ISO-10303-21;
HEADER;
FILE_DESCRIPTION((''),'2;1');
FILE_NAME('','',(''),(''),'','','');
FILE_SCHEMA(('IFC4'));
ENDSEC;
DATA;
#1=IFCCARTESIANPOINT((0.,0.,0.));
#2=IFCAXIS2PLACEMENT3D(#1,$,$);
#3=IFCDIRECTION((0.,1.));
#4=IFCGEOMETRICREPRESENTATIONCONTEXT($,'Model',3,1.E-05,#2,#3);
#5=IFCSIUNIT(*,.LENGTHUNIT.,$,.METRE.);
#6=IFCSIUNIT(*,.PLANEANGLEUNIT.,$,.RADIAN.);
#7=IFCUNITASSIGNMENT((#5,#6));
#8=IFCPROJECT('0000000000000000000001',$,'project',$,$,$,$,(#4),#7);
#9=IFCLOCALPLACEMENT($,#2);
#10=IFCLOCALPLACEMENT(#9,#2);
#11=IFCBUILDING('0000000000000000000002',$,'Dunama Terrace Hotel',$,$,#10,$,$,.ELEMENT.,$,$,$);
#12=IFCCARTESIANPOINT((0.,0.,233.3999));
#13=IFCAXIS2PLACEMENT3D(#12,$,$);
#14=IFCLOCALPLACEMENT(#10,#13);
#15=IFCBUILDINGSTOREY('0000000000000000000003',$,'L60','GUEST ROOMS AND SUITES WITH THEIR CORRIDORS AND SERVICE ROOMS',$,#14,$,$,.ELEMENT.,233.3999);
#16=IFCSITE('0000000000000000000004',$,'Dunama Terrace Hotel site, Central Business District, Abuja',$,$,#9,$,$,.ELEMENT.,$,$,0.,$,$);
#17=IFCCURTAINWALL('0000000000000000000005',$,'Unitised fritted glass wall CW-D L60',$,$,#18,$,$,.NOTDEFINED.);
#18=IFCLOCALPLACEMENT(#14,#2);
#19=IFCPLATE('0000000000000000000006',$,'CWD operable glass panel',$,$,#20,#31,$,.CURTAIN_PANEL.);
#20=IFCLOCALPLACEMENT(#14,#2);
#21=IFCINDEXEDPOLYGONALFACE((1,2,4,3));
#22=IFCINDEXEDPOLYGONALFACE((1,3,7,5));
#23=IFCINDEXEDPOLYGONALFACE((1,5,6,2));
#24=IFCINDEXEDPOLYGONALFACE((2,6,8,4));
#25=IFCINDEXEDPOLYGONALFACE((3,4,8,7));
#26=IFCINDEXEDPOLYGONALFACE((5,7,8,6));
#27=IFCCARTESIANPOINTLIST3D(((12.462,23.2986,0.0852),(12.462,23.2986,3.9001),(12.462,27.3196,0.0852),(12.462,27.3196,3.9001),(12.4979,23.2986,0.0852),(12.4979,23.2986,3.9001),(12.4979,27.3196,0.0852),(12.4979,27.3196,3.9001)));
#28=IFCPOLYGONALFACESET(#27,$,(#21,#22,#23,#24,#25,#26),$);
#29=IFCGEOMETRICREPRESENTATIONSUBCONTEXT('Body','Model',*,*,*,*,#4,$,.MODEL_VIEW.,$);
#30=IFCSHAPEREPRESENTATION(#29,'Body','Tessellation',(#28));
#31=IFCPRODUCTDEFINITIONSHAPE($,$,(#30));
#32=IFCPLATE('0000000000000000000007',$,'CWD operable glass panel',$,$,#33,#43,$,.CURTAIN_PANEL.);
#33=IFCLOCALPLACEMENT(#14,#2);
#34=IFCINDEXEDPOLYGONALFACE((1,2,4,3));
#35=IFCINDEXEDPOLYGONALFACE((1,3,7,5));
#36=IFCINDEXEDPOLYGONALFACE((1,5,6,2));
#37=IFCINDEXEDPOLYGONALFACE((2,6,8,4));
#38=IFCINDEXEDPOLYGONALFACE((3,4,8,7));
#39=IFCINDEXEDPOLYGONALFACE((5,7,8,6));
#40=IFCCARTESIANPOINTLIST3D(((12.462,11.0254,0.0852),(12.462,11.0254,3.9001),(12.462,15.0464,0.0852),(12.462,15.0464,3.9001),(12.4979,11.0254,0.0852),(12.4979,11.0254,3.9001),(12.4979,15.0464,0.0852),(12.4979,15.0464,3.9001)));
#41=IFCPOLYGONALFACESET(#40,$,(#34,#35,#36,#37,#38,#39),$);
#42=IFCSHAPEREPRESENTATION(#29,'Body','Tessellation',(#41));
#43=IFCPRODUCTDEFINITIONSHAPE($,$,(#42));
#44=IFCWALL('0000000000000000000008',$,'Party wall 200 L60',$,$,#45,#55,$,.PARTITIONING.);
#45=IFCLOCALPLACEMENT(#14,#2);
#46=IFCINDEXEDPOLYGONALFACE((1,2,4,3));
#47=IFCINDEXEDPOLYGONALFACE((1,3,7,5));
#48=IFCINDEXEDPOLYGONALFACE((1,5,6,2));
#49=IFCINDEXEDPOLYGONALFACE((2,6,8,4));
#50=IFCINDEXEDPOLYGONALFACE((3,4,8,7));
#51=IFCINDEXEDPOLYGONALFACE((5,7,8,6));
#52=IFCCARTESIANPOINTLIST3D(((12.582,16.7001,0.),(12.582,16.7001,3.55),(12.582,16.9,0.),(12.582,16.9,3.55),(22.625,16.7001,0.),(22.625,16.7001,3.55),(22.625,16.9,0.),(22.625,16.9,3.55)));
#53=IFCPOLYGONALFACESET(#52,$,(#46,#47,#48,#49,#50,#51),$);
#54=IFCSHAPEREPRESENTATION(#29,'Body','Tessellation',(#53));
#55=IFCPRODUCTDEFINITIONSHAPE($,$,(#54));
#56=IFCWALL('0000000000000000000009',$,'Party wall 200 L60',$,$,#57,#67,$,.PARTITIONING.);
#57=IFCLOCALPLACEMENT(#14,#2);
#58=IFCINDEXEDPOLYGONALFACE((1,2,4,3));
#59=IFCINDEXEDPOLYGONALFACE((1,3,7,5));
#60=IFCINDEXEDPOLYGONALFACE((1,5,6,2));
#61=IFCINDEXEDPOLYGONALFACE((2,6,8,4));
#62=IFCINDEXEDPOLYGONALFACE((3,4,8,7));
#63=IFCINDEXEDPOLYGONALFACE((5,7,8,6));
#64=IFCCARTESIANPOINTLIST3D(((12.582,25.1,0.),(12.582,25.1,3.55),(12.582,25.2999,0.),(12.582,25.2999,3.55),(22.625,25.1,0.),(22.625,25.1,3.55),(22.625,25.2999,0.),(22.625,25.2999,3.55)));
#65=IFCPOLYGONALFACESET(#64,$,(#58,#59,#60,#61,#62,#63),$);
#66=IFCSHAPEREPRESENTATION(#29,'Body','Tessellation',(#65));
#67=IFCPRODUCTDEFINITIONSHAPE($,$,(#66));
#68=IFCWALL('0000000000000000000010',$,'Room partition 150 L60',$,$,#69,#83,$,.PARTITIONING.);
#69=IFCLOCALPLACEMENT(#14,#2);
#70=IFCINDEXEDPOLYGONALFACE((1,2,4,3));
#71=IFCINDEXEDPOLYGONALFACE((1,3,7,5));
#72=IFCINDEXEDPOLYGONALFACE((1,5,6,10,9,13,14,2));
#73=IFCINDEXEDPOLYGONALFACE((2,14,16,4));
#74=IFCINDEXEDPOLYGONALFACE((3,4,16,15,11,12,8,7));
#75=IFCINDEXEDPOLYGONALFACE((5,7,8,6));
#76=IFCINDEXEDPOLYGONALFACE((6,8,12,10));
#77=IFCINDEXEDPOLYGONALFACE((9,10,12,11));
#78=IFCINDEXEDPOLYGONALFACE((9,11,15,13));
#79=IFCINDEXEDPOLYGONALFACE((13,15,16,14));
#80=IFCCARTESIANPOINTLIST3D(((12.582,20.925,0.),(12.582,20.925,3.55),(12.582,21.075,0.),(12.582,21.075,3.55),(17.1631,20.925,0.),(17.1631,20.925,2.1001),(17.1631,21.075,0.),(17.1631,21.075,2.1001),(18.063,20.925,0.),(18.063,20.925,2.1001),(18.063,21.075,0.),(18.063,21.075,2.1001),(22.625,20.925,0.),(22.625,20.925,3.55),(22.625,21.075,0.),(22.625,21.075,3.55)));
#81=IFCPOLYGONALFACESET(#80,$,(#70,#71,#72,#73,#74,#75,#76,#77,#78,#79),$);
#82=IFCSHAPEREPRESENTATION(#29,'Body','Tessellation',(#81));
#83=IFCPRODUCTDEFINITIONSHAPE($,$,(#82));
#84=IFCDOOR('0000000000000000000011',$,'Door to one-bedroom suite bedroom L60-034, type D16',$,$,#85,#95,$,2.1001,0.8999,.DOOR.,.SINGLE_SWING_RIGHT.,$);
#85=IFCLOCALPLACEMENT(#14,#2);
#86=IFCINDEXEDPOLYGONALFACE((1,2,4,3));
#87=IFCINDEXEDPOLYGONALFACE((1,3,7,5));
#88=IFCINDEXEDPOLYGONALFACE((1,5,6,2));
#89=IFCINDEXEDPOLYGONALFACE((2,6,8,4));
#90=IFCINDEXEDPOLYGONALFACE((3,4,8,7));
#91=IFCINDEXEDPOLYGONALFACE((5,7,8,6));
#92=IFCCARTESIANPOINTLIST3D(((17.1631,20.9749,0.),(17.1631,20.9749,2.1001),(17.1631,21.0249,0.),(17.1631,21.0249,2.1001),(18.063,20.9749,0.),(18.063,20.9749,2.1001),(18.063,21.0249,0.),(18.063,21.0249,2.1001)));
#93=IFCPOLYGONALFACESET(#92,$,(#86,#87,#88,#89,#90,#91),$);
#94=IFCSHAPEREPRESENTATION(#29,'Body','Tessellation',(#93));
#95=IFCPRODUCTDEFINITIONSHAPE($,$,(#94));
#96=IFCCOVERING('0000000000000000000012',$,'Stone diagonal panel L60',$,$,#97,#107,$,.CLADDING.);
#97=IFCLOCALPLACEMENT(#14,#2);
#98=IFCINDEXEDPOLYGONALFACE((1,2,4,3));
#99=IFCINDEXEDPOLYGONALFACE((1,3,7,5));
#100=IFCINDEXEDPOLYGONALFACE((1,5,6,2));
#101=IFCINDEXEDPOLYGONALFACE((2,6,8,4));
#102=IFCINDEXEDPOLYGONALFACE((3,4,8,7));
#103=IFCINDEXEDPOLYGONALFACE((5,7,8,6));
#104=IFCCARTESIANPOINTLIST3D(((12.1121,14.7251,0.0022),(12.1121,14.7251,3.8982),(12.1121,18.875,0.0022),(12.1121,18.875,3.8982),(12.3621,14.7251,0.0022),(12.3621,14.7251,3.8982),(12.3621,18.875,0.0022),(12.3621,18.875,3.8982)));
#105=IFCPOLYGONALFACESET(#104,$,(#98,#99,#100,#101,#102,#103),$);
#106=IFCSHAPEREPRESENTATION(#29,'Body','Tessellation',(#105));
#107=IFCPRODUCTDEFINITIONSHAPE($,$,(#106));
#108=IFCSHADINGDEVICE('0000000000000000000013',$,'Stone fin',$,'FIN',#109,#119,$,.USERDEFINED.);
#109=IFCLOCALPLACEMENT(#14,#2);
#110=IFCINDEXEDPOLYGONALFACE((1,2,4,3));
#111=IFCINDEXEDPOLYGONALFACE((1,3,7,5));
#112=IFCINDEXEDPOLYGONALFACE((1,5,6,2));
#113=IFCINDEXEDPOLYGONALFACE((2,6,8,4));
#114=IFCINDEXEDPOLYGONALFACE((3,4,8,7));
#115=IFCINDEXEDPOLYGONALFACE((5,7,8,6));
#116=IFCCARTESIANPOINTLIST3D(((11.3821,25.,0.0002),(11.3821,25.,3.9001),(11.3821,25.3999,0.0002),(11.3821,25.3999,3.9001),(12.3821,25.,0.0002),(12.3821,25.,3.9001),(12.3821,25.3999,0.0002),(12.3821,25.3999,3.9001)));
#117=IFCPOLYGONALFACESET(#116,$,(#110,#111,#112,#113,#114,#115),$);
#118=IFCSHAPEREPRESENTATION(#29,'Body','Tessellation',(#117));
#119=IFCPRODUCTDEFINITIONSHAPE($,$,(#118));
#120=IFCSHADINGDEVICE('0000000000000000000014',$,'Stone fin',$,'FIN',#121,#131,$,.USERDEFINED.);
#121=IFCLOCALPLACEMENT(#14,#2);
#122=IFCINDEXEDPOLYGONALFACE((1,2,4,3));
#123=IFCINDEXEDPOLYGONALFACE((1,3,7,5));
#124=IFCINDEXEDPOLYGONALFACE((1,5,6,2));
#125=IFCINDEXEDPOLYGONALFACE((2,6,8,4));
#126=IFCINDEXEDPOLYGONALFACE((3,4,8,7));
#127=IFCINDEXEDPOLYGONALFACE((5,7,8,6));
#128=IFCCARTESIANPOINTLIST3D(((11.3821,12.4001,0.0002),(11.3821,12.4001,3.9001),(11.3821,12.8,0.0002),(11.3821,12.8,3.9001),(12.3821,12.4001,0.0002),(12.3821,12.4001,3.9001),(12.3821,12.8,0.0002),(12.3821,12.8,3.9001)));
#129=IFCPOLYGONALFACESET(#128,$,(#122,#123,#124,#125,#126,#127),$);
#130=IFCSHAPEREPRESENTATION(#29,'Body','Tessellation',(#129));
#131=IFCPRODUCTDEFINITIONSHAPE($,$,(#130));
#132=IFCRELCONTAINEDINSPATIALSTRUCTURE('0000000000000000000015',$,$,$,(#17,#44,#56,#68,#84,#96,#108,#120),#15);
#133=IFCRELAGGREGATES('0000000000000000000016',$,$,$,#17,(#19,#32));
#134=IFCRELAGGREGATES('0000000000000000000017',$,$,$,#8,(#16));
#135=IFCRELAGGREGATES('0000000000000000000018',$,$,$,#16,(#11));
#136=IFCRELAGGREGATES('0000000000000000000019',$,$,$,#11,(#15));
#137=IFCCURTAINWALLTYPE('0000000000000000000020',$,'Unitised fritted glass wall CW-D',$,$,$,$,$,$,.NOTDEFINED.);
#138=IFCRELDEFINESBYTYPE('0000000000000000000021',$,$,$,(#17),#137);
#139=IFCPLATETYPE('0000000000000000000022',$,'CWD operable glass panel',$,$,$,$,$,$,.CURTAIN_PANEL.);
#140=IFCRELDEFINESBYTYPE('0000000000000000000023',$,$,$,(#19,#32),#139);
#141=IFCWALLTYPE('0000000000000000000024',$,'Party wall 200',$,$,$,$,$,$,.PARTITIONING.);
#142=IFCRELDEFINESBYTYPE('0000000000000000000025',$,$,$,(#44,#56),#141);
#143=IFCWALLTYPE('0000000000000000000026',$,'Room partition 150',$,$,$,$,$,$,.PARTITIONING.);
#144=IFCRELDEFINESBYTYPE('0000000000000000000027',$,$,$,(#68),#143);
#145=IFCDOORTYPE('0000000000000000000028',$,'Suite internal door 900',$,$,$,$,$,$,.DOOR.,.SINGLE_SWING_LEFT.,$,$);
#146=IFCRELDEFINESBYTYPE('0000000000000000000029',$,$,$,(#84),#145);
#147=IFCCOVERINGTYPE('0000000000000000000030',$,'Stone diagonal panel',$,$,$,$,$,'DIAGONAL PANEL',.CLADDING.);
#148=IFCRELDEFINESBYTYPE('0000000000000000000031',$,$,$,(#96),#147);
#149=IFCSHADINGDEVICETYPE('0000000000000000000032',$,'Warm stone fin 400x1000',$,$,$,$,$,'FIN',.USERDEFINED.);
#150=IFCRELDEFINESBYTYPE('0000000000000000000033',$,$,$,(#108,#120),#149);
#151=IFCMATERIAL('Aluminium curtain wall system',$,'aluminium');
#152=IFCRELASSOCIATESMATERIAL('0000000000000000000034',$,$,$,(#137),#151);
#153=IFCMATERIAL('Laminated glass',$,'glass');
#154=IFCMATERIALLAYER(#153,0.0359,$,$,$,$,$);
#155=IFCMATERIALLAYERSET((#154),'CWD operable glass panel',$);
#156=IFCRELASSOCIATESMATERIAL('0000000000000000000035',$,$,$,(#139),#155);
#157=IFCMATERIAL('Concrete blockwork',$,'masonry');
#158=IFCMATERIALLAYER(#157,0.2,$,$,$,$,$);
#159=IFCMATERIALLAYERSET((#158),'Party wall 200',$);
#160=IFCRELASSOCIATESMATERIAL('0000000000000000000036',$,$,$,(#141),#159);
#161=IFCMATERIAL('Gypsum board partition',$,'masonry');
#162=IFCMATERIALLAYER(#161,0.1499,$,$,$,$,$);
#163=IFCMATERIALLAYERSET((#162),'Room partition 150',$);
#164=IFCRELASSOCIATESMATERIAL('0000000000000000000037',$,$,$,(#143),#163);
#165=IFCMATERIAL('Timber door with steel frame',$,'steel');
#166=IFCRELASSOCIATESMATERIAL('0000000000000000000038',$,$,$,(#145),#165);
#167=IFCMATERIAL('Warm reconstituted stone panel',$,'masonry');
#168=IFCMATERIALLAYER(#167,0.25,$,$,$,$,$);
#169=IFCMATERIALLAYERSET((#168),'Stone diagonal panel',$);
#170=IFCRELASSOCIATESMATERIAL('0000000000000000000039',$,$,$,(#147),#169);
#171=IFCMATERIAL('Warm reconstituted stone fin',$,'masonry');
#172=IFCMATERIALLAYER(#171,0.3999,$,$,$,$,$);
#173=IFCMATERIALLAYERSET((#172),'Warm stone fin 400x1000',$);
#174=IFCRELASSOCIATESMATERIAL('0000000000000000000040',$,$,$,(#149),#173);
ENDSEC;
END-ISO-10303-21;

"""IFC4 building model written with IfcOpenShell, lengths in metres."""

from ifc_helpers import new_model, si_unit, direction, frame, frame_2d, origin, origin_2d, place, context, subcontext, project, spatial, rectangle, extrude, material, layer, layer_set, type_object, element, fill, aggregate, save


model = new_model("IFC4")

# Units and contexts
model_context = context("Model", 3, precision=1e-05, world=origin(), true_north=direction((0.0, 1.0)))
body_context = subcontext(model_context, "Body", "Model", "MODEL_VIEW")
ifc_project = project(units=[si_unit("LENGTHUNIT", "METRE"), si_unit("PLANEANGLEUNIT", "RADIAN")], contexts=[model_context])

# Site, building, storey
site_placement = place(None, origin())
site = spatial("IfcSite", under=ifc_project, at=site_placement, Name="Dunama Terrace Hotel site, Central Business District, Abuja", CompositionType="ELEMENT", RefElevation=0.0)
building_placement = place(site_placement, origin())
building = spatial("IfcBuilding", under=site, at=building_placement, Name="Dunama Terrace Hotel", CompositionType="ELEMENT")
storey_placement = place(building_placement, frame((0.0, 0.0, 233.3999)))
storey = spatial("IfcBuildingStorey", under=building, at=storey_placement, Name="L60", Description="GUEST ROOMS AND SUITES WITH THEIR CORRIDORS AND SERVICE ROOMS", CompositionType="ELEMENT", Elevation=233.3999)

# Curtain wall
ifc_material_1 = material(Name="Aluminium curtain wall system", Category="aluminium")
curtain_wall_type = type_object("IfcCurtainWallType", Name="Unitised fritted glass wall CW-D", PredefinedType="NOTDEFINED", material=ifc_material_1)
curtain_wall_placement = place(storey_placement, origin())
curtain_wall = element("IfcCurtainWall", 1, at=curtain_wall_placement, inside=storey, type_object=curtain_wall_type, Name="Unitised fritted glass wall CW-D L60", PredefinedType="NOTDEFINED")

# Plates
ifc_material_2 = material(Name="Laminated glass", Category="glass")
ifc_layer_1 = layer(ifc_material_2, 0.0359)
ifc_layer_set_1 = layer_set([ifc_layer_1], Name="CWD operable glass panel")
plate_type_1 = type_object("IfcPlateType", Name="CWD operable glass panel", PredefinedType="CURTAIN_PANEL", material=ifc_layer_set_1)
plate_1_placement = place(storey_placement, frame((12.48, 25.3091, 0.0852), z_axis=(0.0, 0.0, 1.0), x_axis=(0.0, -1.0, 0.0)))
plate_1 = element("IfcPlate", 2, at=plate_1_placement, type_object=plate_type_1, Name="CWD operable glass panel", PredefinedType="CURTAIN_PANEL", context=body_context, shape_type="SweptSolid", body=[
    extrude(rectangle(XDim=4.021, YDim=0.0359, at=origin_2d()), origin(), (0.0, 0.0, 1.0), 3.8149),
])
plate_2_placement = place(storey_placement, frame((12.48, 13.0359, 0.0852), z_axis=(0.0, 0.0, 1.0), x_axis=(0.0, -1.0, 0.0)))
plate_2 = element("IfcPlate", 3, at=plate_2_placement, type_object=plate_type_1, Name="CWD operable glass panel", PredefinedType="CURTAIN_PANEL", context=body_context, shape_type="SweptSolid", body=[
    extrude(rectangle(XDim=4.021, YDim=0.0359, at=origin_2d()), origin(), (0.0, 0.0, 1.0), 3.8149),
])
aggregate(curtain_wall, [plate_1, plate_2])

# Walls
ifc_material_3 = material(Name="Concrete blockwork", Category="masonry")
ifc_layer_2 = layer(ifc_material_3, 0.2)
ifc_layer_set_2 = layer_set([ifc_layer_2], Name="Party wall 200")
wall_type_1 = type_object("IfcWallType", Name="Party wall 200", PredefinedType="PARTITIONING", material=ifc_layer_set_2)
for number, where, z_axis, x_axis, name in (
    (4, (12.582, 16.8, 0.0), (0.0, 0.0, 1.0), (1.0, 0.0, 0.0), "Party wall 200 L60"),
    (5, (12.582, 25.2, 0.0), (0.0, 0.0, 1.0), (1.0, 0.0, 0.0), "Party wall 200 L60"),
):
    element("IfcWall", number, at=place(storey_placement, frame(where, z_axis=z_axis, x_axis=x_axis)), inside=storey, type_object=wall_type_1, Name=name, PredefinedType="PARTITIONING", context=body_context, shape_type="SweptSolid", body=[
        extrude(rectangle(XDim=10.043, YDim=0.2, at=frame_2d((5.0215, 0.0))), origin(), (0.0, 0.0, 1.0), 3.55),
    ])

# Wall, opening, door
ifc_material_4 = material(Name="Gypsum board partition", Category="masonry")
ifc_layer_3 = layer(ifc_material_4, 0.1499)
ifc_layer_set_3 = layer_set([ifc_layer_3], Name="Room partition 150")
wall_type_2 = type_object("IfcWallType", Name="Room partition 150", PredefinedType="PARTITIONING", material=ifc_layer_set_3)
wall_placement = place(storey_placement, frame((12.582, 21.0, 0.0), z_axis=(0.0, 0.0, 1.0), x_axis=(1.0, 0.0, 0.0)))
wall = element("IfcWall", 6, at=wall_placement, inside=storey, type_object=wall_type_2, Name="Room partition 150 L60", PredefinedType="PARTITIONING", context=body_context, shape_type="SweptSolid", body=[
    extrude(rectangle(XDim=10.043, YDim=0.1499, at=frame_2d((5.0215, 0.0))), origin(), (0.0, 0.0, 1.0), 3.55),
])
opening_placement = place(wall_placement, frame((4.5811, 0.0, 0.0)))
opening = element("IfcOpeningElement", 7, at=opening_placement, cuts=wall, PredefinedType="OPENING", context=body_context, shape_type="SweptSolid", body=[
    extrude(rectangle(XDim=0.8999, YDim=2.1001, at=frame_2d((0.45, 1.05))), frame((0.0, 0.085, 0.0), z_axis=(0.0, -1.0, 0.0), x_axis=(1.0, 0.0, 0.0)), (0.0, 0.0, 1.0), 0.1699),
])
ifc_material_5 = material(Name="Timber door with steel frame", Category="steel")
door_type = type_object("IfcDoorType", Name="Suite internal door 900", OperationType="SINGLE_SWING_LEFT", PredefinedType="DOOR", material=ifc_material_5)
door_placement = place(opening_placement, origin())
door = element("IfcDoor", 8, at=door_placement, inside=storey, type_object=door_type, Name="Door to one-bedroom suite bedroom L60-034, type D16", OperationType="SINGLE_SWING_RIGHT", OverallHeight=2.1001, OverallWidth=0.8999, PredefinedType="DOOR", context=body_context, shape_type="SweptSolid", body=[
    extrude(rectangle(XDim=0.8999, YDim=2.1001, at=frame_2d((0.45, 1.05))), frame((0.0, 0.0249, 0.0), z_axis=(0.0, -1.0, 0.0), x_axis=(1.0, 0.0, 0.0)), (0.0, 0.0, 1.0), 0.05),
])
fill(opening, door)

# Covering
ifc_material_6 = material(Name="Warm reconstituted stone panel", Category="masonry")
ifc_layer_4 = layer(ifc_material_6, 0.25)
ifc_layer_set_4 = layer_set([ifc_layer_4], Name="Stone diagonal panel")
covering_type = type_object("IfcCoveringType", Name="Stone diagonal panel", ElementType="DIAGONAL PANEL", PredefinedType="CLADDING", material=ifc_layer_set_4)
covering_placement = place(storey_placement, frame((12.2371, 16.8, 0.0022), z_axis=(0.0, 0.0, 1.0), x_axis=(0.0, -1.0, 0.0)))
element("IfcCovering", 9, at=covering_placement, inside=storey, type_object=covering_type, Name="Stone diagonal panel L60", PredefinedType="CLADDING", context=body_context, shape_type="SweptSolid", body=[
    extrude(rectangle(XDim=4.1499, YDim=0.25, at=origin_2d()), origin(), (0.0, 0.0, 1.0), 3.896),
])

# Shading devices
ifc_material_7 = material(Name="Warm reconstituted stone fin", Category="masonry")
ifc_layer_5 = layer(ifc_material_7, 0.3999)
ifc_layer_set_5 = layer_set([ifc_layer_5], Name="Warm stone fin 400x1000")
shading_device_type = type_object("IfcShadingDeviceType", Name="Warm stone fin 400x1000", ElementType="FIN", PredefinedType="USERDEFINED", material=ifc_layer_set_5)
for number, where, z_axis, x_axis, name in (
    (10, (11.8821, 25.2, 0.0002), (0.0, 0.0, 1.0), (0.0, -1.0, 0.0), "Stone fin"),
    (11, (11.8821, 12.6001, 0.0002), (0.0, 0.0, 1.0), (0.0, -1.0, 0.0), "Stone fin"),
):
    element("IfcShadingDevice", number, at=place(storey_placement, frame(where, z_axis=z_axis, x_axis=x_axis)), inside=storey, type_object=shading_device_type, Name=name, ObjectType="FIN", PredefinedType="USERDEFINED", context=body_context, shape_type="SweptSolid", body=[
        extrude(rectangle(XDim=0.3999, YDim=1.0, at=origin_2d()), origin(), (0.0, 0.0, 1.0), 3.8999),
    ])

save(model, "model.ifc")
